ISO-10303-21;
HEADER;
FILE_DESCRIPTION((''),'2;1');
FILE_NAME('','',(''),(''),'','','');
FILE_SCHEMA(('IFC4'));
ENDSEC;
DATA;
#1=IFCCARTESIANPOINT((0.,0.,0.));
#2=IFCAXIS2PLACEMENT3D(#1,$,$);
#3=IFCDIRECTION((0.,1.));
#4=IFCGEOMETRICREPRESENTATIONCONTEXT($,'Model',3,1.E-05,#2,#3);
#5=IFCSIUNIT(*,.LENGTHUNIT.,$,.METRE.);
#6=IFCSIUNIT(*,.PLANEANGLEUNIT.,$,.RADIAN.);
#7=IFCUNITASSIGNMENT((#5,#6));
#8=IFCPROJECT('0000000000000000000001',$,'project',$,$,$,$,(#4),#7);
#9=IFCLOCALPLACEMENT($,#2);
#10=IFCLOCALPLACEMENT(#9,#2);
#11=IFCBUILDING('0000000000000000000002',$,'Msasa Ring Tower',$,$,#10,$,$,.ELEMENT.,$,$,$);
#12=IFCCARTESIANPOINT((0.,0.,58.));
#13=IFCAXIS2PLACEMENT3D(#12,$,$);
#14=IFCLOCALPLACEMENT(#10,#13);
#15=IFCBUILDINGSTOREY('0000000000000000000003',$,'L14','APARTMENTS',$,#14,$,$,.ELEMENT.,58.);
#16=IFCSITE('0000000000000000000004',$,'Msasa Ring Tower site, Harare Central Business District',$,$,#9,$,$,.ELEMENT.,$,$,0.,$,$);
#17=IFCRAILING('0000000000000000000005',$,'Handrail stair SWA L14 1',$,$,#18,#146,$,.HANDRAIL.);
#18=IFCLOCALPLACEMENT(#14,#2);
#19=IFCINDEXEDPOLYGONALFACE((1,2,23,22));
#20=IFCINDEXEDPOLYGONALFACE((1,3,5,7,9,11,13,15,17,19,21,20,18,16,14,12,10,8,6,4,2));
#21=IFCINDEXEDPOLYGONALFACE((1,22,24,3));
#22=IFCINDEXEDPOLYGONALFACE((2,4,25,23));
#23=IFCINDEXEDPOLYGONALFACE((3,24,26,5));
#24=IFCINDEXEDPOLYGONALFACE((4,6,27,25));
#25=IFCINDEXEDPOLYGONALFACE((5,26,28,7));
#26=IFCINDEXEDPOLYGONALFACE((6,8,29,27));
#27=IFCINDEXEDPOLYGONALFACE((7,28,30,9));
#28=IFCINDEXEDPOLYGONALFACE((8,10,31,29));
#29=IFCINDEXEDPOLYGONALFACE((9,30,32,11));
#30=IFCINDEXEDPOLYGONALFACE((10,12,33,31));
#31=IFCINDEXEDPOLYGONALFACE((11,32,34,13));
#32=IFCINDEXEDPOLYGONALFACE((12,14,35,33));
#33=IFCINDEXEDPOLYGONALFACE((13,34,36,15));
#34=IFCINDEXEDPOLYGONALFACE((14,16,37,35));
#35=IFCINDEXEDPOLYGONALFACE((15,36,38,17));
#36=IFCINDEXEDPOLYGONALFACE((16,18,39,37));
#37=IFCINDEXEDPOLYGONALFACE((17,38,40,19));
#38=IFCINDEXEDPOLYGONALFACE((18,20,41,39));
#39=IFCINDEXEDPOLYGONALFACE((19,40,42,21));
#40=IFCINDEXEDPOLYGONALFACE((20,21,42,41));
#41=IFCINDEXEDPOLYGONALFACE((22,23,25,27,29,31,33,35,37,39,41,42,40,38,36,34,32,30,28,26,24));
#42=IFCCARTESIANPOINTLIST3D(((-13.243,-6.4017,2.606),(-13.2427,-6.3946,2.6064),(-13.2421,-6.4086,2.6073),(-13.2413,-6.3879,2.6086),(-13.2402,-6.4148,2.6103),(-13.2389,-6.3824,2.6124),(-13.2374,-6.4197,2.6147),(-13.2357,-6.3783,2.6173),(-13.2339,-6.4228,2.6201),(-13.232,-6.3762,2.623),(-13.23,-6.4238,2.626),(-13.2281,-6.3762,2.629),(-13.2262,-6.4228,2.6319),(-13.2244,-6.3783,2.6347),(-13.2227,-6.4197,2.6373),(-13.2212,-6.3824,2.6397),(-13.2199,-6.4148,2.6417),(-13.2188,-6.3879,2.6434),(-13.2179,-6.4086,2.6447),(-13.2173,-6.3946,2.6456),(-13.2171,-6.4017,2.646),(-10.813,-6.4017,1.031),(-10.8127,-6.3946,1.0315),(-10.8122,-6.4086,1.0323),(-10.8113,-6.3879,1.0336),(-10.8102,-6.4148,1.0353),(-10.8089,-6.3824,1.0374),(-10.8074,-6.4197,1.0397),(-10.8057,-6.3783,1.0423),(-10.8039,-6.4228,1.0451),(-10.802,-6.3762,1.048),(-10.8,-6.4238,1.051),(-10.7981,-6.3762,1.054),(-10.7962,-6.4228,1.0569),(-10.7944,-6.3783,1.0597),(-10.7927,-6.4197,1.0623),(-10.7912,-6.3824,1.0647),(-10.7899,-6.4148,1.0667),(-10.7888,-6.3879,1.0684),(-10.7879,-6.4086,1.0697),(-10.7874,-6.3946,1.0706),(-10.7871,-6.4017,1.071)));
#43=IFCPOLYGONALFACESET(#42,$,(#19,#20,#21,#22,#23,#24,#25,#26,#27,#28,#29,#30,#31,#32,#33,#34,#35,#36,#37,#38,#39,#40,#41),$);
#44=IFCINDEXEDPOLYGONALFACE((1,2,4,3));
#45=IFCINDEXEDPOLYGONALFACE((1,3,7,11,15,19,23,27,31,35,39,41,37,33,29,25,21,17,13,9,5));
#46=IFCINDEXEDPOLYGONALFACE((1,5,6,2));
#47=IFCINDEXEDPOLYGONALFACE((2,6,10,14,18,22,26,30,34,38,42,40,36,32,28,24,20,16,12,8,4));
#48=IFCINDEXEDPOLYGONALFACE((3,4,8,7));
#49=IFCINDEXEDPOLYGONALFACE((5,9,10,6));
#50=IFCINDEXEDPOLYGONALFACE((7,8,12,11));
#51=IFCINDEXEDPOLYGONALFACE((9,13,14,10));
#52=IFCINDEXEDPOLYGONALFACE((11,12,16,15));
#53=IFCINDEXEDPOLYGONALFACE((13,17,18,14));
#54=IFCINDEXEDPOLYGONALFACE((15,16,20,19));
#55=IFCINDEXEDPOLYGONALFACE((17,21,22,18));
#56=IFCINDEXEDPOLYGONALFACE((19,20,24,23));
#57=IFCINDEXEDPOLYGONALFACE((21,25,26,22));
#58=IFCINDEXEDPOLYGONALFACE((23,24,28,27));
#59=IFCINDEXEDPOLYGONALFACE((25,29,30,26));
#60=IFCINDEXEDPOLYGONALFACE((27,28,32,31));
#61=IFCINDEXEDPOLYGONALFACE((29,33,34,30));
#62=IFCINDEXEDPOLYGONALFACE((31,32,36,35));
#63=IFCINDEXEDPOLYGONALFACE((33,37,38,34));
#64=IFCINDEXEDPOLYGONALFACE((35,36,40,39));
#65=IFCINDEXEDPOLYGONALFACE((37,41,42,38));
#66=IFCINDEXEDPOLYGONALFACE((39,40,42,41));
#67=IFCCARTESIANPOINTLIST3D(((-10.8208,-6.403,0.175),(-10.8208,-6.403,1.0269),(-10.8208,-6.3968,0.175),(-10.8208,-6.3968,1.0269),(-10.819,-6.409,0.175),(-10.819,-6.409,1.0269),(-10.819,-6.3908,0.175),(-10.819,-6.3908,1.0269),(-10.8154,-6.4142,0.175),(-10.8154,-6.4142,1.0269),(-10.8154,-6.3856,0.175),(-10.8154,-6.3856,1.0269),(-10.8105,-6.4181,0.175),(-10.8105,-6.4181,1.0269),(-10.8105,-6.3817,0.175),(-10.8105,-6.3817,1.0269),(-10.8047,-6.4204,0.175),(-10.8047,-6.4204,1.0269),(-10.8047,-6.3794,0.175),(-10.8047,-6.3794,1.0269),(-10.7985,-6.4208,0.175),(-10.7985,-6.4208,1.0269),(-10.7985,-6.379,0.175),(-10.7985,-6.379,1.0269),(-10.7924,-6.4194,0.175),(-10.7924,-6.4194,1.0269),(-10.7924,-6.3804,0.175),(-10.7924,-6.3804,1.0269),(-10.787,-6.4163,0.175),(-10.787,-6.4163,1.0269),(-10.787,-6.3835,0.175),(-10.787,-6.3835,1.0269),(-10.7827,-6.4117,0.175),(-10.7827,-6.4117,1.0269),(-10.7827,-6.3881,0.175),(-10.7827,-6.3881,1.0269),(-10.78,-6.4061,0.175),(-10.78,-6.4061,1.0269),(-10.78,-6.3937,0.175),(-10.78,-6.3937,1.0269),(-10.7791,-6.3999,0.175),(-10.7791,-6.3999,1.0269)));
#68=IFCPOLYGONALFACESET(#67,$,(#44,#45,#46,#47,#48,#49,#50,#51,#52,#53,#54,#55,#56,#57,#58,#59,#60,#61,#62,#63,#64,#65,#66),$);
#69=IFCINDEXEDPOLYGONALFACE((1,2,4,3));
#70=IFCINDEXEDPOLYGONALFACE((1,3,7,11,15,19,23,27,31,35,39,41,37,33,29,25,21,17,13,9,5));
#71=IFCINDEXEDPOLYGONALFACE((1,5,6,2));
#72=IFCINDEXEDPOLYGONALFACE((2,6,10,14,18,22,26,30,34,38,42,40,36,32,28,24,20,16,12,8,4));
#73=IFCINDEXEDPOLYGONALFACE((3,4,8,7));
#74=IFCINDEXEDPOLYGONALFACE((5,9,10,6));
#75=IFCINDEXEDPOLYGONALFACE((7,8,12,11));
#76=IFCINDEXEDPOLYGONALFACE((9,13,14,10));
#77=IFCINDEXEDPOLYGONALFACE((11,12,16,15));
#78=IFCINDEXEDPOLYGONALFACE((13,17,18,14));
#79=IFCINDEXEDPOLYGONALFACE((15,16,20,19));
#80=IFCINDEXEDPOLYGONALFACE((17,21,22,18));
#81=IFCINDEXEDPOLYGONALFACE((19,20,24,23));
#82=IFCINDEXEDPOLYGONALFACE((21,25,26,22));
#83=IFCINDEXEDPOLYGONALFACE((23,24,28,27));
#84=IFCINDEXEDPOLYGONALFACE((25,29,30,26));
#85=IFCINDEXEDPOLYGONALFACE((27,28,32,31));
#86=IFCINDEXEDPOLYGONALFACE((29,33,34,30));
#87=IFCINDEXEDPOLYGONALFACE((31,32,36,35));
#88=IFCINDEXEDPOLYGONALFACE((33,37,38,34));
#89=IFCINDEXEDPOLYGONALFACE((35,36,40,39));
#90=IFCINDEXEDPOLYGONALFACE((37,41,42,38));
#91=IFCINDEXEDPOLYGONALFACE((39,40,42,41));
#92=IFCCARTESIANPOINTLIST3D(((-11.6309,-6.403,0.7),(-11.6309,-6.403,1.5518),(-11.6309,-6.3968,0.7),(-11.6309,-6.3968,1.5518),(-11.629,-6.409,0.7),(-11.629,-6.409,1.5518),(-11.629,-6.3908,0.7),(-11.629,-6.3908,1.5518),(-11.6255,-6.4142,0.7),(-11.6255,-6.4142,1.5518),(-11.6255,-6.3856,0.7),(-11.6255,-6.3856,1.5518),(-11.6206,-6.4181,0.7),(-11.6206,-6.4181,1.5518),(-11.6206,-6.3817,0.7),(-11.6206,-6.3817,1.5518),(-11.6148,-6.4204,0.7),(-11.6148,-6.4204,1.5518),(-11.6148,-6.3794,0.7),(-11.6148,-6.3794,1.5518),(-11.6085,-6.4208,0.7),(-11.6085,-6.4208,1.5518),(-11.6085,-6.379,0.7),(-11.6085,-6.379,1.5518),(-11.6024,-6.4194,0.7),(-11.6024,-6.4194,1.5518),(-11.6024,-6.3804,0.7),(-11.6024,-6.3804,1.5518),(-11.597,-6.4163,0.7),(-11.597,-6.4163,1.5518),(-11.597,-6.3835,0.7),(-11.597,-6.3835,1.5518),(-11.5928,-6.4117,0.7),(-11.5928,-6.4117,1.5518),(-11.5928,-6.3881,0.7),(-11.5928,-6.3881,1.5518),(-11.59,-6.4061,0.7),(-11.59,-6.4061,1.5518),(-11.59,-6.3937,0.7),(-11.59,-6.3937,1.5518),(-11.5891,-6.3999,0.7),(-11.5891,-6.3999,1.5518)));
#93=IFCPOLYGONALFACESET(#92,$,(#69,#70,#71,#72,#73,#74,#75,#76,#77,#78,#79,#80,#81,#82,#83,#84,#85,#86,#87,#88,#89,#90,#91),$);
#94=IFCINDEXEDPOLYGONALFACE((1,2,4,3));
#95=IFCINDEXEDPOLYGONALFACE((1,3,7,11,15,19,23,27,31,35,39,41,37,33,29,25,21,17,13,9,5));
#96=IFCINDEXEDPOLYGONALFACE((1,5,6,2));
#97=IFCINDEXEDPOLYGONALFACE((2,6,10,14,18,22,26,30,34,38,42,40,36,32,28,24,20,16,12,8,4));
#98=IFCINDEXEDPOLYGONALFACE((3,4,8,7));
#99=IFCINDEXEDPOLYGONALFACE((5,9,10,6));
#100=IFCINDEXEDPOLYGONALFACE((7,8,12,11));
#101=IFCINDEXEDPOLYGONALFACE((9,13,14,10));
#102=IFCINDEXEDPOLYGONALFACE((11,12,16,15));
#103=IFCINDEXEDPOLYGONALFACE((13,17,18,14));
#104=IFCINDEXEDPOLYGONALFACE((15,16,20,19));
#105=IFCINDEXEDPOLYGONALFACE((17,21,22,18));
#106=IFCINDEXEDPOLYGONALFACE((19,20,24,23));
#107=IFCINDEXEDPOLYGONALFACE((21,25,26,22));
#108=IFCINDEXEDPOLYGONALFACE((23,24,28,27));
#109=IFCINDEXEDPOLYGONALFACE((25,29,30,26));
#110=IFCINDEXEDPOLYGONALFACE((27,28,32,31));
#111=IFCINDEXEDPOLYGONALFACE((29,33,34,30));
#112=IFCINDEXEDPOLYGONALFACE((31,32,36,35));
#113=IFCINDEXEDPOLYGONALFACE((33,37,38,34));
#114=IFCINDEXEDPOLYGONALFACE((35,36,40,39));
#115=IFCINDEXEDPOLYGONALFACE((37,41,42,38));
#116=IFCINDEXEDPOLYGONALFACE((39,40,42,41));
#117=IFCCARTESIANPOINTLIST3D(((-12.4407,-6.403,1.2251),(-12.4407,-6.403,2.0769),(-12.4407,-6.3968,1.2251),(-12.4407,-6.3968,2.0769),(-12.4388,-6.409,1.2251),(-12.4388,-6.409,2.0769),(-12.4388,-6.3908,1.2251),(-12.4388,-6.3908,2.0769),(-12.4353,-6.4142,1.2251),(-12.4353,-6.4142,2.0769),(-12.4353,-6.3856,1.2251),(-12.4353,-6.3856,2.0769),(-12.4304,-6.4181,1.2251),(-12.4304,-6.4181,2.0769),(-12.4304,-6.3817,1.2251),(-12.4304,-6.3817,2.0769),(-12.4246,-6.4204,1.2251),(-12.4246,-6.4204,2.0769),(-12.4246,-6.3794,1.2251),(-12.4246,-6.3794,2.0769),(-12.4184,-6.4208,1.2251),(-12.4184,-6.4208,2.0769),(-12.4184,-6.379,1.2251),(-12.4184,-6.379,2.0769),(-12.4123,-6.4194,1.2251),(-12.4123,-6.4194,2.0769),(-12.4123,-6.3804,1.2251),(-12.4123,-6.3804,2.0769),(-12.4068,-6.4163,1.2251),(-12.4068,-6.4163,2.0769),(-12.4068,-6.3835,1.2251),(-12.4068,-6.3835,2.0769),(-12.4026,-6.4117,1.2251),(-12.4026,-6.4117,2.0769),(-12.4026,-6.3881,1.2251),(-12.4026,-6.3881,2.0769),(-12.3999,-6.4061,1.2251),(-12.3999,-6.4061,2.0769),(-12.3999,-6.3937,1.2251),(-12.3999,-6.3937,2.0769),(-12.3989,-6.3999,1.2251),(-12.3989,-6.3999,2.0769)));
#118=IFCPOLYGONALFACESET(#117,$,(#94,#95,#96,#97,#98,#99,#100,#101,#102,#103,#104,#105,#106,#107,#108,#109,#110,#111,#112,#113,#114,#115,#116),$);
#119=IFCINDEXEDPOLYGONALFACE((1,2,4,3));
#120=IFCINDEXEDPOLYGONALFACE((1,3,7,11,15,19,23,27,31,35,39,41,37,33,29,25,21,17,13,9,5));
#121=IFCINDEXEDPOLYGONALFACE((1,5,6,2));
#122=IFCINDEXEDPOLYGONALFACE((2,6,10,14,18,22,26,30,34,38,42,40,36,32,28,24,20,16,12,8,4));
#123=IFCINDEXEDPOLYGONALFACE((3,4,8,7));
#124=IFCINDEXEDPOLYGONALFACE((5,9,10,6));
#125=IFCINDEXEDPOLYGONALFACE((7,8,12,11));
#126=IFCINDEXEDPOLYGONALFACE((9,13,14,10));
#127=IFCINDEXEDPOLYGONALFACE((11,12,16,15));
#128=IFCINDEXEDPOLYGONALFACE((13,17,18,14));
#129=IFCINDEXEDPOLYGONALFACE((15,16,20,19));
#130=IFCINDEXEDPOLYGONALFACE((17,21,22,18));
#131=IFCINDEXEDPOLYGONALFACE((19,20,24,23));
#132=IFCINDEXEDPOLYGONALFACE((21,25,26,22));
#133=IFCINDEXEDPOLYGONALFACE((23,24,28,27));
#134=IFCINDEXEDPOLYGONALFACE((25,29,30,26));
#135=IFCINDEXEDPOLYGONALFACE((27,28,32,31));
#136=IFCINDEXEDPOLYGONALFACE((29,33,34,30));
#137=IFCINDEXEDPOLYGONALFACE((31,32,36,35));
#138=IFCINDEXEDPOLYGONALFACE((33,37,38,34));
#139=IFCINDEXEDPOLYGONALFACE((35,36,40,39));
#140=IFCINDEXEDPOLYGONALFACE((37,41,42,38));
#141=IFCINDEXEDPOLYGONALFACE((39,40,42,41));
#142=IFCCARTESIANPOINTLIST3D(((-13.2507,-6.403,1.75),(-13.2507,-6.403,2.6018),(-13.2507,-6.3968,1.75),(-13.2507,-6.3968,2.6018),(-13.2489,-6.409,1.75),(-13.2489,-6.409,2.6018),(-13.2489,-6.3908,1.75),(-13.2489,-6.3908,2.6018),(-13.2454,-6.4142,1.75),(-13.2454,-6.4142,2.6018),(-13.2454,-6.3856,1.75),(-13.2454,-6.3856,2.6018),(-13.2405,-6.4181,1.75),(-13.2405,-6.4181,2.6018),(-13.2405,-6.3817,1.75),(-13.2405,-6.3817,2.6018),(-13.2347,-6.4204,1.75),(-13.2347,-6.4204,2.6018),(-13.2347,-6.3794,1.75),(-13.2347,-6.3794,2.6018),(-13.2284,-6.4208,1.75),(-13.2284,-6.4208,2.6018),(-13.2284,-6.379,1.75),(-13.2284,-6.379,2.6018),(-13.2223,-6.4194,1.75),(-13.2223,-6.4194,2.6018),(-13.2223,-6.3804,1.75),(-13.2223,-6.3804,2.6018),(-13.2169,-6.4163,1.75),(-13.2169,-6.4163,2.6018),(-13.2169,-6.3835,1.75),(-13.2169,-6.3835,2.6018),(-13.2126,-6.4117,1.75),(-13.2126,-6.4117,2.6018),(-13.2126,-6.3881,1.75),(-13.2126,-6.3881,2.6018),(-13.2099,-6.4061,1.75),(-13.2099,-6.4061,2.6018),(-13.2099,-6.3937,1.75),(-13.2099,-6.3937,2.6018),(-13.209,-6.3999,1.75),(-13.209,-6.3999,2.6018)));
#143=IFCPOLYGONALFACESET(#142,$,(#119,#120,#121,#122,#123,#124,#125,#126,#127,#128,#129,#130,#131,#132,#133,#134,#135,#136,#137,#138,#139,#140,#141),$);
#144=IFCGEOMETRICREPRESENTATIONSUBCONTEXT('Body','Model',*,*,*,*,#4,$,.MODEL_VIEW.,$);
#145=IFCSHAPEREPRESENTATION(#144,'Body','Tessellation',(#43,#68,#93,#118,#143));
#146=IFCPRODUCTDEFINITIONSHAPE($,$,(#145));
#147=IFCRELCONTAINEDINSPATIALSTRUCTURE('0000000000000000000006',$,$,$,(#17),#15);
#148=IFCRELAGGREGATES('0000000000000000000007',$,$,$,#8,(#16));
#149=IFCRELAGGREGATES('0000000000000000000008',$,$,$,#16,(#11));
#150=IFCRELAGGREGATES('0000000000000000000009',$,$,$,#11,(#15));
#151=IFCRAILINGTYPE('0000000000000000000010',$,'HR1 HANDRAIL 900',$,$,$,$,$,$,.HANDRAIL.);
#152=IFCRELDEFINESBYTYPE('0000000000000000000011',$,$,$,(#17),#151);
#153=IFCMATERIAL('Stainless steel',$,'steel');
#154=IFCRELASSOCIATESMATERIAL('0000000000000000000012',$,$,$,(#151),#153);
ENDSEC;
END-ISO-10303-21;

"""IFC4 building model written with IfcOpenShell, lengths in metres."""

from ifc_helpers import new_model, si_unit, direction, frame, origin, origin_2d, place, context, subcontext, project, spatial, circle, extrude, material, type_object, element, save


model = new_model("IFC4")

# Units and contexts
model_context = context("Model", 3, precision=1e-05, world=origin(), true_north=direction((0.0, 1.0)))
body_context = subcontext(model_context, "Body", "Model", "MODEL_VIEW")
ifc_project = project(units=[si_unit("LENGTHUNIT", "METRE"), si_unit("PLANEANGLEUNIT", "RADIAN")], contexts=[model_context])

# Site, building, storey
site_placement = place(None, origin())
site = spatial("IfcSite", under=ifc_project, at=site_placement, Name="Msasa Ring Tower site, Harare Central Business District", CompositionType="ELEMENT", RefElevation=0.0)
building_placement = place(site_placement, origin())
building = spatial("IfcBuilding", under=site, at=building_placement, Name="Msasa Ring Tower", CompositionType="ELEMENT")
storey_placement = place(building_placement, frame((0.0, 0.0, 58.0)))
storey = spatial("IfcBuildingStorey", under=building, at=storey_placement, Name="L14", Description="APARTMENTS", CompositionType="ELEMENT", Elevation=58.0)

# Railing
ifc_material_1 = material(Name="Stainless steel", Category="steel")
railing_type = type_object("IfcRailingType", Name="HR1 HANDRAIL 900", PredefinedType="HANDRAIL", material=ifc_material_1)
for number, where, name in (
    (1, (-10.8, -6.3999, 0.175), "Handrail stair SWA L14 1"),
):
    element("IfcRailing", number, at=place(storey_placement, frame(where)), inside=storey, type_object=railing_type, Name=name, PredefinedType="HANDRAIL", context=body_context, shape_type="SweptSolid", body=[
        extrude(circle(Radius=0.0239, at=origin_2d()), frame((0.0, 0.0, 0.876), z_axis=(-0.839154, 0.0, 0.543894), x_axis=(0.0, -1.0, 0.0)), (0.0, 0.0, 1.0), 2.8958),
        extrude(circle(Radius=0.021, at=origin_2d()), origin(), (0.0, 0.0, 1.0), 0.8518),
        extrude(circle(Radius=0.021, at=origin_2d()), frame((-0.8101, 0.0, 0.5249)), (0.0, 0.0, 1.0), 0.8518),
        extrude(circle(Radius=0.021, at=origin_2d()), frame((-1.6199, 0.0, 1.05)), (0.0, 0.0, 1.0), 0.8518),
        extrude(circle(Radius=0.021, at=origin_2d()), frame((-2.4299, 0.0, 1.575)), (0.0, 0.0, 1.0), 0.8518),
    ])

save(model, "model.ifc")
